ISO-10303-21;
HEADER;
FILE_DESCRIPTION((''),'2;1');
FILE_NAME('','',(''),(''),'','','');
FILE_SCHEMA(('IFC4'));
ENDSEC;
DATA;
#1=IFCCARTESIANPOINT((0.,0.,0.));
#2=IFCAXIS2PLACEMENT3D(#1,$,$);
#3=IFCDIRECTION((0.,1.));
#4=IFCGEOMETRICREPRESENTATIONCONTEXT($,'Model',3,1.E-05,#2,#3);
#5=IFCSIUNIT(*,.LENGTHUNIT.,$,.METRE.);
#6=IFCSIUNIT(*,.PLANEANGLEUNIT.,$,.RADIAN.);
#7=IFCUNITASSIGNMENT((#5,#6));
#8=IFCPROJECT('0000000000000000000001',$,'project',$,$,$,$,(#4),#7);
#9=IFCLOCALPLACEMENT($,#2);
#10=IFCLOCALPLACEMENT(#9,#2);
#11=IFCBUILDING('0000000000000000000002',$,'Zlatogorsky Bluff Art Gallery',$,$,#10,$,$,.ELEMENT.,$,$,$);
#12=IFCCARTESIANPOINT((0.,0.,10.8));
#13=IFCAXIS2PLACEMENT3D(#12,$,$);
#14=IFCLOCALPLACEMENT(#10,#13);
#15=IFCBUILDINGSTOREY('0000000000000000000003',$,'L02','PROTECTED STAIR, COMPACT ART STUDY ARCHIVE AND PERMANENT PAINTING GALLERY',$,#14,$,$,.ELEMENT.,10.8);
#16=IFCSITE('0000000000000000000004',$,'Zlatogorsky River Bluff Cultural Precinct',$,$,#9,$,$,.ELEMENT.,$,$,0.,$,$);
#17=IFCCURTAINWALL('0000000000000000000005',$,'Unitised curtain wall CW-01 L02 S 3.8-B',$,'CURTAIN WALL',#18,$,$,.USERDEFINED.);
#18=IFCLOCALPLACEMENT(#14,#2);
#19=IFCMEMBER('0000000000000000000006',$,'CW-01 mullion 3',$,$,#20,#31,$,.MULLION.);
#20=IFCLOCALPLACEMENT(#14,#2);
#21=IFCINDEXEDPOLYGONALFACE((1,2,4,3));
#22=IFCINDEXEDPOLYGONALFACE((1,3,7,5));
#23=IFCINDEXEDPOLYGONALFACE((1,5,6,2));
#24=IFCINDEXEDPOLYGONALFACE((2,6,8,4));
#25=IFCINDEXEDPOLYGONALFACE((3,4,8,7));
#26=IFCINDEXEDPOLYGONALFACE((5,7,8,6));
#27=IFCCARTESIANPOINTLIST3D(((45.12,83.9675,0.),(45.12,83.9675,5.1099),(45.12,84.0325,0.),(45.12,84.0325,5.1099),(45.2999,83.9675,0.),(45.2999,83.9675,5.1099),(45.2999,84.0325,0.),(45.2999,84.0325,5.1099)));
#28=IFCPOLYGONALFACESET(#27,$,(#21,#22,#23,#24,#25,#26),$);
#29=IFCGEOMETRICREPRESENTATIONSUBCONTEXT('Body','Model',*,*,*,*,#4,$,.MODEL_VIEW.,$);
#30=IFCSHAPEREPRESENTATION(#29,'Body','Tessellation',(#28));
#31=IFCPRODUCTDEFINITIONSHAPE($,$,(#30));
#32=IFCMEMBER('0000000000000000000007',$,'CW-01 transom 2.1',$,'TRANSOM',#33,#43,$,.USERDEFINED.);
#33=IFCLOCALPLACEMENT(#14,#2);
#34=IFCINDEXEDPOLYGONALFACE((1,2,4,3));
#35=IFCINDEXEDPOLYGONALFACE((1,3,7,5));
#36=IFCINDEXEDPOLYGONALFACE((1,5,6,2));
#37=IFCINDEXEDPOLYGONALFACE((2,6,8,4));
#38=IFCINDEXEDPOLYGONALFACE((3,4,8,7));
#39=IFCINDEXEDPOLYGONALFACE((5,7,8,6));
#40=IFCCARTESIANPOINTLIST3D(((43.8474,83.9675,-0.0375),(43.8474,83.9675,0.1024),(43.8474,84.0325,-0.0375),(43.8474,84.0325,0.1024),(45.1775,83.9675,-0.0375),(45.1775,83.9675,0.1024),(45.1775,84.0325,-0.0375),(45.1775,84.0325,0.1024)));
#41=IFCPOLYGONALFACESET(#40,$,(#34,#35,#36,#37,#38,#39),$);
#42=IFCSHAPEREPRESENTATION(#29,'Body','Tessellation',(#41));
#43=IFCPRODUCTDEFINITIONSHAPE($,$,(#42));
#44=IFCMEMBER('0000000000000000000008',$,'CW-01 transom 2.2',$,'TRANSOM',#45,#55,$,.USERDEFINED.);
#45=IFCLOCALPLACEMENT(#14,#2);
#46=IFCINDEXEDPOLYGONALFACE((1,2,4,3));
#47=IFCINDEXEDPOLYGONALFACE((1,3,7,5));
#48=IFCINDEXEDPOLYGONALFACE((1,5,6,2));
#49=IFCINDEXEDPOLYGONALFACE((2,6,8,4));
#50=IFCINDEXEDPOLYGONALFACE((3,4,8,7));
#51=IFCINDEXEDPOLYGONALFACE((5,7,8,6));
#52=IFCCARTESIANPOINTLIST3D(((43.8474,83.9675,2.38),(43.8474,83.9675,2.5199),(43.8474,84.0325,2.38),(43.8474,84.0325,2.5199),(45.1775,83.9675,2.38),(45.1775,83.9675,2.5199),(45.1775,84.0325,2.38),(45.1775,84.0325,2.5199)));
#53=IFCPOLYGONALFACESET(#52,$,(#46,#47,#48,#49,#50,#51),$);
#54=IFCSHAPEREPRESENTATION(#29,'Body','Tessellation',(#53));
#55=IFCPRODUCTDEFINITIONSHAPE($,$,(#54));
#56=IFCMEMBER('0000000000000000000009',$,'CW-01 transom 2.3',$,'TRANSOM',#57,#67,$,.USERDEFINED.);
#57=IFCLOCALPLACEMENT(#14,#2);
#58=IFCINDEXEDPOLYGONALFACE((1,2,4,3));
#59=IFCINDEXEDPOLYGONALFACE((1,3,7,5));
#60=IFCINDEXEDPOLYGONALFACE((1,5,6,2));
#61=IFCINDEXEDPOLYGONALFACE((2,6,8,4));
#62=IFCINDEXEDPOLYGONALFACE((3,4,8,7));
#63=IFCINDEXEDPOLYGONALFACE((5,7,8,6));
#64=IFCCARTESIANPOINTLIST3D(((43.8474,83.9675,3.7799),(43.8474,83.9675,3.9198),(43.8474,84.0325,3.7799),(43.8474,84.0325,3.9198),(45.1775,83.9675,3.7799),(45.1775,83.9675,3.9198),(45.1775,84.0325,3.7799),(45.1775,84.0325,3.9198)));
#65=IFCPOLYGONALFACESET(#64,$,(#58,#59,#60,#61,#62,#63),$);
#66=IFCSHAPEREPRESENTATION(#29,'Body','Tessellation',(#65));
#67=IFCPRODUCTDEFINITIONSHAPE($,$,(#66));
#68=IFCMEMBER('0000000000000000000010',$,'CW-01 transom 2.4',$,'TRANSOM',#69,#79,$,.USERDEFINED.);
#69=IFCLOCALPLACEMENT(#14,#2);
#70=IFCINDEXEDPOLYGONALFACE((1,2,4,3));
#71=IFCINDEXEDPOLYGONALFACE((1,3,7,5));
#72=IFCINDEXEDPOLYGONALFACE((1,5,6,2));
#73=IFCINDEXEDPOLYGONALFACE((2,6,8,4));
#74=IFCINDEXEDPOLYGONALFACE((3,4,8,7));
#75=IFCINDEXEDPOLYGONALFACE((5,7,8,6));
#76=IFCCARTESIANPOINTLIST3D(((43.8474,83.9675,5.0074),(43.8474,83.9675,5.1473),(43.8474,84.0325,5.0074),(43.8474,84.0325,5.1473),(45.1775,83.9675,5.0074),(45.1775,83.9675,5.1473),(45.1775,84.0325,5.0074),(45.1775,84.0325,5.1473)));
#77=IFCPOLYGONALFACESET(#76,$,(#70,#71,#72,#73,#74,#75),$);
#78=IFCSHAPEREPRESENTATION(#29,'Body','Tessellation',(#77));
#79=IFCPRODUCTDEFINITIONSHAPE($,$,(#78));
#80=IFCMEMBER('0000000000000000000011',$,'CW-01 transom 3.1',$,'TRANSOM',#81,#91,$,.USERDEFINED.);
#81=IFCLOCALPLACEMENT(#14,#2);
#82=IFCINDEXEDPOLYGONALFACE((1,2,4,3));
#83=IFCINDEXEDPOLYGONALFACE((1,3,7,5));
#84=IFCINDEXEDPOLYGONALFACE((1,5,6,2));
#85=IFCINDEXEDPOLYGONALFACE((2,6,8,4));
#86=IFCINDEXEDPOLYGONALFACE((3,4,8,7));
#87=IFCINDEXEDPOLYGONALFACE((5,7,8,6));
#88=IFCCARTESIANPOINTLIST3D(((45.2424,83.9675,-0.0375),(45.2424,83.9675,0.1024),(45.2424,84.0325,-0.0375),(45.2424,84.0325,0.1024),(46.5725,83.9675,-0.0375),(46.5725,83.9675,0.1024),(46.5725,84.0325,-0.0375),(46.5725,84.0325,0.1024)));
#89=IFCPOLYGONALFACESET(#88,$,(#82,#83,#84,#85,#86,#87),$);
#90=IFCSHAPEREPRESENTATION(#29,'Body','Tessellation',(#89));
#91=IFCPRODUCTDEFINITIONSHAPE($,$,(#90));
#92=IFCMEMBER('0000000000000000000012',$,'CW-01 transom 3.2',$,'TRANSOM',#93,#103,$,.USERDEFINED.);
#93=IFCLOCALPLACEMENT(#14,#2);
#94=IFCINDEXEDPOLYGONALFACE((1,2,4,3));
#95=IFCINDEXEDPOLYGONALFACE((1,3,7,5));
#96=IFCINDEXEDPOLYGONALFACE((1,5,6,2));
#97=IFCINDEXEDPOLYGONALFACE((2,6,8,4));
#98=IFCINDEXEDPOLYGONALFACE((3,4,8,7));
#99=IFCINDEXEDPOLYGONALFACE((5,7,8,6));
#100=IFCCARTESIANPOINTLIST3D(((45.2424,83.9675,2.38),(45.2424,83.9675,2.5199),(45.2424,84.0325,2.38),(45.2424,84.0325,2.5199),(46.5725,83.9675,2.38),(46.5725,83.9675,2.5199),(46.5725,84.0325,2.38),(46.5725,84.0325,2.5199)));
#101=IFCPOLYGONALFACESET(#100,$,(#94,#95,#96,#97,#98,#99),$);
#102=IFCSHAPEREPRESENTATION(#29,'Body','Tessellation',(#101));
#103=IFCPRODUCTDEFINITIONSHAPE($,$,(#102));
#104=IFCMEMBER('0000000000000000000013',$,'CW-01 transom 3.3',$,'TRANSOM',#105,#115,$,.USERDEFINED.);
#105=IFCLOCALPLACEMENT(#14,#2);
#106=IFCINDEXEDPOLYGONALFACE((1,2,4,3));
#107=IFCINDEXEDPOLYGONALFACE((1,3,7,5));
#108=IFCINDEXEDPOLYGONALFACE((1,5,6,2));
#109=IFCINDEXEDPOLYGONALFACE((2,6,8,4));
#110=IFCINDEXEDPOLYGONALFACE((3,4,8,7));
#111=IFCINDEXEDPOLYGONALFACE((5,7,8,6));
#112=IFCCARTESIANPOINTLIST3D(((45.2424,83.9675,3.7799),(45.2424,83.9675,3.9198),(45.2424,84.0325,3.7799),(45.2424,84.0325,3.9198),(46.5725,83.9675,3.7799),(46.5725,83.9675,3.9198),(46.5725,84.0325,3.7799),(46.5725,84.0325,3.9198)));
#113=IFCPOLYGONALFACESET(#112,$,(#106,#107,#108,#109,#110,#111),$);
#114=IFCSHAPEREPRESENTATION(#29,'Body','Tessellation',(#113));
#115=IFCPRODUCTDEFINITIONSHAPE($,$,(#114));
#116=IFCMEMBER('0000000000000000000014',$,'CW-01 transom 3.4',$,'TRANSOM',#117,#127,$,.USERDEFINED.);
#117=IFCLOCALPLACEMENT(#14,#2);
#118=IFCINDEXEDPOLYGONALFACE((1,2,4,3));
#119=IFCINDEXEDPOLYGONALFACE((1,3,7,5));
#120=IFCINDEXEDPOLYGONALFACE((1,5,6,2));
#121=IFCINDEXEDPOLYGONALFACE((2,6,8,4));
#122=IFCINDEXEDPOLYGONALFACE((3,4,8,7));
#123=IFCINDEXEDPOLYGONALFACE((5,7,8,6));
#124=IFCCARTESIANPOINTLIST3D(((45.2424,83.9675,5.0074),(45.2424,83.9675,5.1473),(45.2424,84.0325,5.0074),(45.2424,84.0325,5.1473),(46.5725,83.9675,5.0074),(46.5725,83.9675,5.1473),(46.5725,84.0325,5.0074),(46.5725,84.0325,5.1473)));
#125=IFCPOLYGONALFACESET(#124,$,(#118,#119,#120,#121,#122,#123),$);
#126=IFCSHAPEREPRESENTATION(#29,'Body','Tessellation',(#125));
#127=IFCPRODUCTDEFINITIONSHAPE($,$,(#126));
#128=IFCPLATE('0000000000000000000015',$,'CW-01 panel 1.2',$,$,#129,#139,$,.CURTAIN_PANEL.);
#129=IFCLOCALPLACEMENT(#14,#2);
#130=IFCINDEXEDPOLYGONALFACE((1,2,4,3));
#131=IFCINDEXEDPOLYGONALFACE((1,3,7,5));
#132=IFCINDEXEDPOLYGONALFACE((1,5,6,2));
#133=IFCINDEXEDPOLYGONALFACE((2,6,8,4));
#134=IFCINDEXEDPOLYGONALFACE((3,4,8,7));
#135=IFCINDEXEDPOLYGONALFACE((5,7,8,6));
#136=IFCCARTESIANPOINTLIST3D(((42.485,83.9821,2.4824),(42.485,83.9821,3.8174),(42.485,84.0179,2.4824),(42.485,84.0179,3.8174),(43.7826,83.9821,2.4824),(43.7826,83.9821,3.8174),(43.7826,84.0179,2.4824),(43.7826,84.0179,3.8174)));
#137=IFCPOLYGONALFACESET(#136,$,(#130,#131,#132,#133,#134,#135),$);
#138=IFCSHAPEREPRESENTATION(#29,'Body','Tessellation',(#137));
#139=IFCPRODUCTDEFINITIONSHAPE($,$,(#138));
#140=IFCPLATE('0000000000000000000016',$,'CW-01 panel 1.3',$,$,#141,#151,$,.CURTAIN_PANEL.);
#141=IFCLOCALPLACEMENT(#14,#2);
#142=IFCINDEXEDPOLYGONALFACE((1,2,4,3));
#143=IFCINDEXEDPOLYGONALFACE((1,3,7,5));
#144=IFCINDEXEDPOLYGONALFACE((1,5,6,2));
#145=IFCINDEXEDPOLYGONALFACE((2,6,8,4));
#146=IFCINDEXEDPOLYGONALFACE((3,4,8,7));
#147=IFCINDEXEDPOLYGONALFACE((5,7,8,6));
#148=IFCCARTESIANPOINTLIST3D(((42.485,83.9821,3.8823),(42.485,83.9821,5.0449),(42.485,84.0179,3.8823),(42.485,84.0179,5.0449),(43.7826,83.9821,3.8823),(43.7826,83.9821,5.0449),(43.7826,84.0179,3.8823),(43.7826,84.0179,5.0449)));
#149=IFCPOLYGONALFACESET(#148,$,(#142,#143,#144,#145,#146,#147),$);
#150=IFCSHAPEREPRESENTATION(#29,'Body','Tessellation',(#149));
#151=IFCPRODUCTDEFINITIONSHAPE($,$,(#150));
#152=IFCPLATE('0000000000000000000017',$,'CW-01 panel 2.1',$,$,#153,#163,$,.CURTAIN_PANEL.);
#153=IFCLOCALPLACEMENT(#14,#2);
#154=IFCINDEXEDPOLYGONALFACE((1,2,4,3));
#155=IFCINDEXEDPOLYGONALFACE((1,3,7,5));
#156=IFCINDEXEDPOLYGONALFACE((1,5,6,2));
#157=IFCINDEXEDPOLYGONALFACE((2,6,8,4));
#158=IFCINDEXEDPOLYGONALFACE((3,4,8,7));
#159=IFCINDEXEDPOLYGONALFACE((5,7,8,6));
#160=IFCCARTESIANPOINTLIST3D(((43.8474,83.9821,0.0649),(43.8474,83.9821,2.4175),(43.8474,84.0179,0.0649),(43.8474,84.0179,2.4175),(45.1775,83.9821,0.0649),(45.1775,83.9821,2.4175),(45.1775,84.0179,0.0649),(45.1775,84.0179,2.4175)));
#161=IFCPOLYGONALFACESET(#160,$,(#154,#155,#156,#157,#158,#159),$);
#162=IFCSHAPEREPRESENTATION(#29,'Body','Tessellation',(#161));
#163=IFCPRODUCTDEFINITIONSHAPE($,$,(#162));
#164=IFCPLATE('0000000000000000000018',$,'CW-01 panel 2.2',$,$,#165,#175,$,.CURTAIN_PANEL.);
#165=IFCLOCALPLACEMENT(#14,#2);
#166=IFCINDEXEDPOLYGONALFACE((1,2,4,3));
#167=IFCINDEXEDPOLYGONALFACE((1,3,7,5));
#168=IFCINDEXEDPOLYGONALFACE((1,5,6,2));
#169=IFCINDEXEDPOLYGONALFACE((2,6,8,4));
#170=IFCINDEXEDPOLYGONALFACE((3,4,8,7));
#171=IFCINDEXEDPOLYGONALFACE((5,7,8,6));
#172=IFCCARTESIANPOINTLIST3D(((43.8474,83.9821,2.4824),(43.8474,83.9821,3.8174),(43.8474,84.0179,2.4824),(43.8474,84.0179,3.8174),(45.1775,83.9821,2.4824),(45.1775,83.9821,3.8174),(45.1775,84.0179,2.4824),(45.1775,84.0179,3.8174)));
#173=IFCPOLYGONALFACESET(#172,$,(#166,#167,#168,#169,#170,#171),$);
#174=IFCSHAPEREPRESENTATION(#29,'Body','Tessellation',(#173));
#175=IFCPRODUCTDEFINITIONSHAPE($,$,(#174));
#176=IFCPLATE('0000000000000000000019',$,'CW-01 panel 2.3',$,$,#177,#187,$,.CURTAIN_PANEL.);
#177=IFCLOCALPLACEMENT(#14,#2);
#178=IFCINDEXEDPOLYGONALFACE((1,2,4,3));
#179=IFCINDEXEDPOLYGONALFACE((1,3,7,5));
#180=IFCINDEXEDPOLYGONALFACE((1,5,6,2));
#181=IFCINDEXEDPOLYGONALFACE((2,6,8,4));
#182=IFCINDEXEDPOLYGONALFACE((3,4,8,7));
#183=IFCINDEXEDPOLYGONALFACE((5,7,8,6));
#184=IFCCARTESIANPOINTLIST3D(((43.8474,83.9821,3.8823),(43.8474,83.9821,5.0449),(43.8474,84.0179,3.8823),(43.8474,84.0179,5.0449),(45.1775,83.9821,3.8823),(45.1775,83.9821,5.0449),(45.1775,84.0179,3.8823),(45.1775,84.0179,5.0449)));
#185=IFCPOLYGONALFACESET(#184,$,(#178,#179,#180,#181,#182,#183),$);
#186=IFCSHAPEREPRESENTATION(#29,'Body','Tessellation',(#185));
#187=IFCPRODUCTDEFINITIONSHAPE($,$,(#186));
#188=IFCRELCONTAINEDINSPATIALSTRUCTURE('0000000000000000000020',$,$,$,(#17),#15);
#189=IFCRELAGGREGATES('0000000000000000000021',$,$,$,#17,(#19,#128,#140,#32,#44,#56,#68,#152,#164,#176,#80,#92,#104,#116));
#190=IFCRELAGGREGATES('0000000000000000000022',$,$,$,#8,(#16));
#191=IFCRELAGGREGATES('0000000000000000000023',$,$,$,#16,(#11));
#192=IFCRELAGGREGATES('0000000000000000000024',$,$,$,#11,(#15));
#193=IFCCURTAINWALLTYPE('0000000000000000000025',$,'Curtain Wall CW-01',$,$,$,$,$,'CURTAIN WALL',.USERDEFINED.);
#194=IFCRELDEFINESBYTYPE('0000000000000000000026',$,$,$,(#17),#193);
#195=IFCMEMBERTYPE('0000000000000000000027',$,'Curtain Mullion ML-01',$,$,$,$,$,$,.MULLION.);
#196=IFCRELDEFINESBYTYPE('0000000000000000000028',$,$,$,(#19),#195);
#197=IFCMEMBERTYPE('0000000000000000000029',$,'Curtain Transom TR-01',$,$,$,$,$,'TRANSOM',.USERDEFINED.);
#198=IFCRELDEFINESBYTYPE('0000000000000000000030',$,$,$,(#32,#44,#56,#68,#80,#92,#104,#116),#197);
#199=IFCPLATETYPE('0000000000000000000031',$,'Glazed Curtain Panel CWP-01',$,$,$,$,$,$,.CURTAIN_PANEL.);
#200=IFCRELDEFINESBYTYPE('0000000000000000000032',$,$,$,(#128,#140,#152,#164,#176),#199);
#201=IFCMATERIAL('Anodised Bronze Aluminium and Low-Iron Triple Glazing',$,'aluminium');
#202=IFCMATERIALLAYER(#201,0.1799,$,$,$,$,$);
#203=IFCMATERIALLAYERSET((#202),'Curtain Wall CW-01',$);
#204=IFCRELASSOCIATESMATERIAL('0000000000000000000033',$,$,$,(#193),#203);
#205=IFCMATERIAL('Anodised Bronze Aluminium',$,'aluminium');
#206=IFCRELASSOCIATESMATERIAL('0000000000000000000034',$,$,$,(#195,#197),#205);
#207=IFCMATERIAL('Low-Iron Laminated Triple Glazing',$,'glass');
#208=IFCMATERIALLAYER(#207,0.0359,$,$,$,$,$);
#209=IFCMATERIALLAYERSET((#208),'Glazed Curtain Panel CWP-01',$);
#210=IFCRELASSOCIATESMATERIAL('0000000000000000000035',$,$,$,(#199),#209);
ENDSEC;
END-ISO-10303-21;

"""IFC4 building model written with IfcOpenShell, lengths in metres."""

from ifc_helpers import new_model, si_unit, direction, frame, origin, origin_2d, place, context, subcontext, project, spatial, rectangle, extrude, material, layer, layer_set, material_profile, profile_set, type_object, element, aggregate, save


model = new_model("IFC4")

# Units and contexts
model_context = context("Model", 3, precision=1e-05, world=origin(), true_north=direction((0.0, 1.0)))
body_context = subcontext(model_context, "Body", "Model", "MODEL_VIEW")
ifc_project = project(units=[si_unit("LENGTHUNIT", "METRE"), si_unit("PLANEANGLEUNIT", "RADIAN")], contexts=[model_context])

# Site, building, storey
site_placement = place(None, origin())
site = spatial("IfcSite", under=ifc_project, at=site_placement, Name="Zlatogorsky River Bluff Cultural Precinct", CompositionType="ELEMENT", RefElevation=0.0)
building_placement = place(site_placement, origin())
building = spatial("IfcBuilding", under=site, at=building_placement, Name="Zlatogorsky Bluff Art Gallery", CompositionType="ELEMENT")
storey_placement = place(building_placement, frame((0.0, 0.0, 10.8)))
storey = spatial("IfcBuildingStorey", under=building, at=storey_placement, Name="L02", Description="PROTECTED STAIR, COMPACT ART STUDY ARCHIVE AND PERMANENT PAINTING GALLERY", CompositionType="ELEMENT", Elevation=10.8)

# Curtain wall, members, plates
ifc_material_1 = material(Name="Anodised Bronze Aluminium and Low-Iron Triple Glazing", Category="aluminium")
ifc_layer_1 = layer(ifc_material_1, 0.1799)
ifc_layer_set_1 = layer_set([ifc_layer_1], Name="Curtain Wall CW-01")
curtain_wall_type = type_object("IfcCurtainWallType", Name="Curtain Wall CW-01", ElementType="CURTAIN WALL", PredefinedType="USERDEFINED", material=ifc_layer_set_1)
curtain_wall_placement = place(storey_placement, origin())
curtain_wall = element("IfcCurtainWall", 1, at=curtain_wall_placement, inside=storey, type_object=curtain_wall_type, Name="Unitised curtain wall CW-01 L02 S 3.8-B", ObjectType="CURTAIN WALL", PredefinedType="USERDEFINED")
ifc_material_2 = material(Name="Anodised Bronze Aluminium", Category="aluminium")
ifc_material_profile_1 = material_profile(ifc_material_2, rectangle(XDim=0.0649, YDim=0.1799, at=origin_2d()), Name="ALU MULLION 65x180")
ifc_profile_set_1 = profile_set([ifc_material_profile_1], Name="Anodised Bronze Aluminium")
member_type_1 = type_object("IfcMemberType", Name="Curtain Mullion ML-01", PredefinedType="MULLION", material=ifc_profile_set_1)
member_1_placement = place(storey_placement, frame((45.21, 84.0, 0.0), z_axis=(0.0, 0.0, 1.0), x_axis=(0.0, 1.0, 0.0)))
member_1 = element("IfcMember", 2, at=member_1_placement, type_object=member_type_1, Name="CW-01 mullion 3", PredefinedType="MULLION", context=body_context, shape_type="SweptSolid", body=[
    extrude(rectangle(XDim=0.0649, YDim=0.1799, at=origin_2d()), origin(), (0.0, 0.0, 1.0), 5.1099),
])
ifc_material_profile_2 = material_profile(ifc_material_2, rectangle(XDim=0.0649, YDim=0.1399, at=origin_2d()), Name="ALU TRANSOM 65x140")
ifc_profile_set_2 = profile_set([ifc_material_profile_2], Name="Anodised Bronze Aluminium")
member_type_2 = type_object("IfcMemberType", Name="Curtain Transom TR-01", ElementType="TRANSOM", PredefinedType="USERDEFINED", material=ifc_profile_set_2)
member_2_placement = place(storey_placement, frame((43.8474, 84.0, 0.0325), z_axis=(1.0, 0.0, 0.0), x_axis=(0.0, 1.0, 0.0)))
member_2 = element("IfcMember", 3, at=member_2_placement, type_object=member_type_2, Name="CW-01 transom 2.1", ObjectType="TRANSOM", PredefinedType="USERDEFINED", context=body_context, shape_type="SweptSolid", body=[
    extrude(rectangle(XDim=0.0649, YDim=0.1399, at=origin_2d()), origin(), (0.0, 0.0, 1.0), 1.3301),
])
member_3_placement = place(storey_placement, frame((43.8474, 84.0, 2.45), z_axis=(1.0, 0.0, 0.0), x_axis=(0.0, 1.0, 0.0)))
member_3 = element("IfcMember", 4, at=member_3_placement, type_object=member_type_2, Name="CW-01 transom 2.2", ObjectType="TRANSOM", PredefinedType="USERDEFINED", context=body_context, shape_type="SweptSolid", body=[
    extrude(rectangle(XDim=0.0649, YDim=0.1399, at=origin_2d()), origin(), (0.0, 0.0, 1.0), 1.3301),
])
member_4_placement = place(storey_placement, frame((43.8474, 84.0, 3.8499), z_axis=(1.0, 0.0, 0.0), x_axis=(0.0, 1.0, 0.0)))
member_4 = element("IfcMember", 5, at=member_4_placement, type_object=member_type_2, Name="CW-01 transom 2.3", ObjectType="TRANSOM", PredefinedType="USERDEFINED", context=body_context, shape_type="SweptSolid", body=[
    extrude(rectangle(XDim=0.0649, YDim=0.1399, at=origin_2d()), origin(), (0.0, 0.0, 1.0), 1.3301),
])
member_5_placement = place(storey_placement, frame((43.8474, 84.0, 5.0774), z_axis=(1.0, 0.0, 0.0), x_axis=(0.0, 1.0, 0.0)))
member_5 = element("IfcMember", 6, at=member_5_placement, type_object=member_type_2, Name="CW-01 transom 2.4", ObjectType="TRANSOM", PredefinedType="USERDEFINED", context=body_context, shape_type="SweptSolid", body=[
    extrude(rectangle(XDim=0.0649, YDim=0.1399, at=origin_2d()), origin(), (0.0, 0.0, 1.0), 1.3301),
])
member_6_placement = place(storey_placement, frame((45.2424, 84.0, 0.0325), z_axis=(1.0, 0.0, 0.0), x_axis=(0.0, 1.0, 0.0)))
member_6 = element("IfcMember", 7, at=member_6_placement, type_object=member_type_2, Name="CW-01 transom 3.1", ObjectType="TRANSOM", PredefinedType="USERDEFINED", context=body_context, shape_type="SweptSolid", body=[
    extrude(rectangle(XDim=0.0649, YDim=0.1399, at=origin_2d()), origin(), (0.0, 0.0, 1.0), 1.3301),
])
member_7_placement = place(storey_placement, frame((45.2424, 84.0, 2.45), z_axis=(1.0, 0.0, 0.0), x_axis=(0.0, 1.0, 0.0)))
member_7 = element("IfcMember", 8, at=member_7_placement, type_object=member_type_2, Name="CW-01 transom 3.2", ObjectType="TRANSOM", PredefinedType="USERDEFINED", context=body_context, shape_type="SweptSolid", body=[
    extrude(rectangle(XDim=0.0649, YDim=0.1399, at=origin_2d()), origin(), (0.0, 0.0, 1.0), 1.3301),
])
member_8_placement = place(storey_placement, frame((45.2424, 84.0, 3.8499), z_axis=(1.0, 0.0, 0.0), x_axis=(0.0, 1.0, 0.0)))
member_8 = element("IfcMember", 9, at=member_8_placement, type_object=member_type_2, Name="CW-01 transom 3.3", ObjectType="TRANSOM", PredefinedType="USERDEFINED", context=body_context, shape_type="SweptSolid", body=[
    extrude(rectangle(XDim=0.0649, YDim=0.1399, at=origin_2d()), origin(), (0.0, 0.0, 1.0), 1.3301),
])
member_9_placement = place(storey_placement, frame((45.2424, 84.0, 5.0774), z_axis=(1.0, 0.0, 0.0), x_axis=(0.0, 1.0, 0.0)))
member_9 = element("IfcMember", 10, at=member_9_placement, type_object=member_type_2, Name="CW-01 transom 3.4", ObjectType="TRANSOM", PredefinedType="USERDEFINED", context=body_context, shape_type="SweptSolid", body=[
    extrude(rectangle(XDim=0.0649, YDim=0.1399, at=origin_2d()), origin(), (0.0, 0.0, 1.0), 1.3301),
])
ifc_material_3 = material(Name="Low-Iron Laminated Triple Glazing", Category="glass")
ifc_layer_2 = layer(ifc_material_3, 0.0359)
ifc_layer_set_2 = layer_set([ifc_layer_2], Name="Glazed Curtain Panel CWP-01")
plate_type = type_object("IfcPlateType", Name="Glazed Curtain Panel CWP-01", PredefinedType="CURTAIN_PANEL", material=ifc_layer_set_2)
plate_1_placement = place(storey_placement, frame((43.1338, 84.0, 2.4824), z_axis=(0.0, 0.0, 1.0), x_axis=(1.0, 0.0, 0.0)))
plate_1 = element("IfcPlate", 11, at=plate_1_placement, type_object=plate_type, Name="CW-01 panel 1.2", PredefinedType="CURTAIN_PANEL", context=body_context, shape_type="SweptSolid", body=[
    extrude(rectangle(XDim=1.2976, YDim=0.0359, at=origin_2d()), origin(), (0.0, 0.0, 1.0), 1.335),
])
plate_2_placement = place(storey_placement, frame((43.1338, 84.0, 3.8823), z_axis=(0.0, 0.0, 1.0), x_axis=(1.0, 0.0, 0.0)))
plate_2 = element("IfcPlate", 12, at=plate_2_placement, type_object=plate_type, Name="CW-01 panel 1.3", PredefinedType="CURTAIN_PANEL", context=body_context, shape_type="SweptSolid", body=[
    extrude(rectangle(XDim=1.2976, YDim=0.0359, at=origin_2d()), origin(), (0.0, 0.0, 1.0), 1.1626),
])
plate_3_placement = place(storey_placement, frame((44.5125, 84.0, 0.0649), z_axis=(0.0, 0.0, 1.0), x_axis=(1.0, 0.0, 0.0)))
plate_3 = element("IfcPlate", 13, at=plate_3_placement, type_object=plate_type, Name="CW-01 panel 2.1", PredefinedType="CURTAIN_PANEL", context=body_context, shape_type="SweptSolid", body=[
    extrude(rectangle(XDim=1.3301, YDim=0.0359, at=origin_2d()), origin(), (0.0, 0.0, 1.0), 2.3525),
])
plate_4_placement = place(storey_placement, frame((44.5125, 84.0, 2.4824), z_axis=(0.0, 0.0, 1.0), x_axis=(1.0, 0.0, 0.0)))
plate_4 = element("IfcPlate", 14, at=plate_4_placement, type_object=plate_type, Name="CW-01 panel 2.2", PredefinedType="CURTAIN_PANEL", context=body_context, shape_type="SweptSolid", body=[
    extrude(rectangle(XDim=1.3301, YDim=0.0359, at=origin_2d()), origin(), (0.0, 0.0, 1.0), 1.335),
])
plate_5_placement = place(storey_placement, frame((44.5125, 84.0, 3.8823), z_axis=(0.0, 0.0, 1.0), x_axis=(1.0, 0.0, 0.0)))
plate_5 = element("IfcPlate", 15, at=plate_5_placement, type_object=plate_type, Name="CW-01 panel 2.3", PredefinedType="CURTAIN_PANEL", context=body_context, shape_type="SweptSolid", body=[
    extrude(rectangle(XDim=1.3301, YDim=0.0359, at=origin_2d()), origin(), (0.0, 0.0, 1.0), 1.1626),
])
aggregate(curtain_wall, [member_1, plate_1, plate_2, member_2, member_3, member_4, member_5, plate_3, plate_4, plate_5, member_6, member_7, member_8, member_9])

save(model, "model.ifc")
